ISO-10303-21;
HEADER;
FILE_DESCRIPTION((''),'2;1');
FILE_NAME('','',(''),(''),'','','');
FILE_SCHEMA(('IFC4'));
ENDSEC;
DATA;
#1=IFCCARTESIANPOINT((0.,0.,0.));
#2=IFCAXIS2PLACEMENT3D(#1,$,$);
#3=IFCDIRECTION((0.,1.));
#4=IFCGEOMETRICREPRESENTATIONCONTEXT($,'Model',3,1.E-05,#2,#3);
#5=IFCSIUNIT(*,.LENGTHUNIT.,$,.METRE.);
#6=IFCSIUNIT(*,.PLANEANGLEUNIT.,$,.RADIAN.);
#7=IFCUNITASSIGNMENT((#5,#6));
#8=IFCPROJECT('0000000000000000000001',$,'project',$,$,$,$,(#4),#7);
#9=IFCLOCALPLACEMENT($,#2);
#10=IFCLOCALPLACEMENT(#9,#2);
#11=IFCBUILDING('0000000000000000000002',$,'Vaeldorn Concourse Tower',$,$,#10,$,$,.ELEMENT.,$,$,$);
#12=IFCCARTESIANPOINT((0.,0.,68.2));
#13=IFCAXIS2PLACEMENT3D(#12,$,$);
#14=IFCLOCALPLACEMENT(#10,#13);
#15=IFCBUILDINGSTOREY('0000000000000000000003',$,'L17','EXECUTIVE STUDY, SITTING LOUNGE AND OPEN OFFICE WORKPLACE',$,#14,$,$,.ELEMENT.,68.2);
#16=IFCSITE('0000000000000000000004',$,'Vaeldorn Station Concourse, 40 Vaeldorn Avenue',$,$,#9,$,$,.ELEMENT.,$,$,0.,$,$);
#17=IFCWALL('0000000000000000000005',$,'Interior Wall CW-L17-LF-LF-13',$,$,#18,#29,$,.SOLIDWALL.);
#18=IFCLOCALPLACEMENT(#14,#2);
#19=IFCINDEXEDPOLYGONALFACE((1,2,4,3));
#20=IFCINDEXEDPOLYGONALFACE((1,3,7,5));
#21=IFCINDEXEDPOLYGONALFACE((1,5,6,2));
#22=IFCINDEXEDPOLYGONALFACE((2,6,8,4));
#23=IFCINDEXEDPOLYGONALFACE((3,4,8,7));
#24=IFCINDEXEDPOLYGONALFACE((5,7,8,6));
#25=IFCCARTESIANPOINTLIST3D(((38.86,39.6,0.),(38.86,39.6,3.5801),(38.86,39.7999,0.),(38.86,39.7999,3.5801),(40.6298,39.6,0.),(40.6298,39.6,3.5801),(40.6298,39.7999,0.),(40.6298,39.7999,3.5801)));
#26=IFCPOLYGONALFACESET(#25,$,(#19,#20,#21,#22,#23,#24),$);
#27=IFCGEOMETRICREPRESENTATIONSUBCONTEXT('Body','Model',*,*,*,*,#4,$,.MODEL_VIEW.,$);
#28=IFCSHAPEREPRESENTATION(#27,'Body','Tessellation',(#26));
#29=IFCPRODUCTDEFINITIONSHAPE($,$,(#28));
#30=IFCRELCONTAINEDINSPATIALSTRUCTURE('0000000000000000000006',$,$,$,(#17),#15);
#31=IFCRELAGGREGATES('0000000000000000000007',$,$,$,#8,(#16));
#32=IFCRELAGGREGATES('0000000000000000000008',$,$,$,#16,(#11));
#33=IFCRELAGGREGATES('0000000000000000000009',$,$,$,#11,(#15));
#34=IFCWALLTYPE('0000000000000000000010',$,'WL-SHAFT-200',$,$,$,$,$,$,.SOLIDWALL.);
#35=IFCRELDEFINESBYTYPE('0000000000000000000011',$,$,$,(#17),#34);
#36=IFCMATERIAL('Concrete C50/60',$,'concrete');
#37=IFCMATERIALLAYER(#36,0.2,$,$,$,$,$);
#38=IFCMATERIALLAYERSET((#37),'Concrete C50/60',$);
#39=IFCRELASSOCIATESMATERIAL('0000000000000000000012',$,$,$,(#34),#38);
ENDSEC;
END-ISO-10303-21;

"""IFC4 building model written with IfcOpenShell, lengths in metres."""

from ifc_helpers import new_model, si_unit, direction, frame, frame_2d, origin, place, context, subcontext, project, spatial, rectangle, extrude, material, layer, layer_set, type_object, element, save


model = new_model("IFC4")

# Units and contexts
model_context = context("Model", 3, precision=1e-05, world=origin(), true_north=direction((0.0, 1.0)))
body_context = subcontext(model_context, "Body", "Model", "MODEL_VIEW")
ifc_project = project(units=[si_unit("LENGTHUNIT", "METRE"), si_unit("PLANEANGLEUNIT", "RADIAN")], contexts=[model_context])

# Site, building, storey
site_placement = place(None, origin())
site = spatial("IfcSite", under=ifc_project, at=site_placement, Name="Vaeldorn Station Concourse, 40 Vaeldorn Avenue", CompositionType="ELEMENT", RefElevation=0.0)
building_placement = place(site_placement, origin())
building = spatial("IfcBuilding", under=site, at=building_placement, Name="Vaeldorn Concourse Tower", CompositionType="ELEMENT")
storey_placement = place(building_placement, frame((0.0, 0.0, 68.2)))
storey = spatial("IfcBuildingStorey", under=building, at=storey_placement, Name="L17", Description="EXECUTIVE STUDY, SITTING LOUNGE AND OPEN OFFICE WORKPLACE", CompositionType="ELEMENT", Elevation=68.2)

# Wall
ifc_material_1 = material(Name="Concrete C50/60", Category="concrete")
ifc_layer_1 = layer(ifc_material_1, 0.2)
ifc_layer_set_1 = layer_set([ifc_layer_1], Name="Concrete C50/60")
wall_type_1 = type_object("IfcWallType", Name="WL-SHAFT-200", PredefinedType="SOLIDWALL", material=ifc_layer_set_1)
wall_1_placement = place(storey_placement, frame((38.8601, 39.7, 0.0), z_axis=(0.0, 0.0, 1.0), x_axis=(1.0, 0.0, 0.0)))
element("IfcWall", 1, at=wall_1_placement, inside=storey, type_object=wall_type_1, Name="Interior Wall CW-L17-LF-LF-13", PredefinedType="SOLIDWALL", context=body_context, shape_type="SweptSolid", body=[
    extrude(rectangle(XDim=1.7698, YDim=0.2, at=frame_2d((0.8848, 0.0))), origin(), (0.0, 0.0, 1.0), 3.5801),
])

save(model, "model.ifc")
